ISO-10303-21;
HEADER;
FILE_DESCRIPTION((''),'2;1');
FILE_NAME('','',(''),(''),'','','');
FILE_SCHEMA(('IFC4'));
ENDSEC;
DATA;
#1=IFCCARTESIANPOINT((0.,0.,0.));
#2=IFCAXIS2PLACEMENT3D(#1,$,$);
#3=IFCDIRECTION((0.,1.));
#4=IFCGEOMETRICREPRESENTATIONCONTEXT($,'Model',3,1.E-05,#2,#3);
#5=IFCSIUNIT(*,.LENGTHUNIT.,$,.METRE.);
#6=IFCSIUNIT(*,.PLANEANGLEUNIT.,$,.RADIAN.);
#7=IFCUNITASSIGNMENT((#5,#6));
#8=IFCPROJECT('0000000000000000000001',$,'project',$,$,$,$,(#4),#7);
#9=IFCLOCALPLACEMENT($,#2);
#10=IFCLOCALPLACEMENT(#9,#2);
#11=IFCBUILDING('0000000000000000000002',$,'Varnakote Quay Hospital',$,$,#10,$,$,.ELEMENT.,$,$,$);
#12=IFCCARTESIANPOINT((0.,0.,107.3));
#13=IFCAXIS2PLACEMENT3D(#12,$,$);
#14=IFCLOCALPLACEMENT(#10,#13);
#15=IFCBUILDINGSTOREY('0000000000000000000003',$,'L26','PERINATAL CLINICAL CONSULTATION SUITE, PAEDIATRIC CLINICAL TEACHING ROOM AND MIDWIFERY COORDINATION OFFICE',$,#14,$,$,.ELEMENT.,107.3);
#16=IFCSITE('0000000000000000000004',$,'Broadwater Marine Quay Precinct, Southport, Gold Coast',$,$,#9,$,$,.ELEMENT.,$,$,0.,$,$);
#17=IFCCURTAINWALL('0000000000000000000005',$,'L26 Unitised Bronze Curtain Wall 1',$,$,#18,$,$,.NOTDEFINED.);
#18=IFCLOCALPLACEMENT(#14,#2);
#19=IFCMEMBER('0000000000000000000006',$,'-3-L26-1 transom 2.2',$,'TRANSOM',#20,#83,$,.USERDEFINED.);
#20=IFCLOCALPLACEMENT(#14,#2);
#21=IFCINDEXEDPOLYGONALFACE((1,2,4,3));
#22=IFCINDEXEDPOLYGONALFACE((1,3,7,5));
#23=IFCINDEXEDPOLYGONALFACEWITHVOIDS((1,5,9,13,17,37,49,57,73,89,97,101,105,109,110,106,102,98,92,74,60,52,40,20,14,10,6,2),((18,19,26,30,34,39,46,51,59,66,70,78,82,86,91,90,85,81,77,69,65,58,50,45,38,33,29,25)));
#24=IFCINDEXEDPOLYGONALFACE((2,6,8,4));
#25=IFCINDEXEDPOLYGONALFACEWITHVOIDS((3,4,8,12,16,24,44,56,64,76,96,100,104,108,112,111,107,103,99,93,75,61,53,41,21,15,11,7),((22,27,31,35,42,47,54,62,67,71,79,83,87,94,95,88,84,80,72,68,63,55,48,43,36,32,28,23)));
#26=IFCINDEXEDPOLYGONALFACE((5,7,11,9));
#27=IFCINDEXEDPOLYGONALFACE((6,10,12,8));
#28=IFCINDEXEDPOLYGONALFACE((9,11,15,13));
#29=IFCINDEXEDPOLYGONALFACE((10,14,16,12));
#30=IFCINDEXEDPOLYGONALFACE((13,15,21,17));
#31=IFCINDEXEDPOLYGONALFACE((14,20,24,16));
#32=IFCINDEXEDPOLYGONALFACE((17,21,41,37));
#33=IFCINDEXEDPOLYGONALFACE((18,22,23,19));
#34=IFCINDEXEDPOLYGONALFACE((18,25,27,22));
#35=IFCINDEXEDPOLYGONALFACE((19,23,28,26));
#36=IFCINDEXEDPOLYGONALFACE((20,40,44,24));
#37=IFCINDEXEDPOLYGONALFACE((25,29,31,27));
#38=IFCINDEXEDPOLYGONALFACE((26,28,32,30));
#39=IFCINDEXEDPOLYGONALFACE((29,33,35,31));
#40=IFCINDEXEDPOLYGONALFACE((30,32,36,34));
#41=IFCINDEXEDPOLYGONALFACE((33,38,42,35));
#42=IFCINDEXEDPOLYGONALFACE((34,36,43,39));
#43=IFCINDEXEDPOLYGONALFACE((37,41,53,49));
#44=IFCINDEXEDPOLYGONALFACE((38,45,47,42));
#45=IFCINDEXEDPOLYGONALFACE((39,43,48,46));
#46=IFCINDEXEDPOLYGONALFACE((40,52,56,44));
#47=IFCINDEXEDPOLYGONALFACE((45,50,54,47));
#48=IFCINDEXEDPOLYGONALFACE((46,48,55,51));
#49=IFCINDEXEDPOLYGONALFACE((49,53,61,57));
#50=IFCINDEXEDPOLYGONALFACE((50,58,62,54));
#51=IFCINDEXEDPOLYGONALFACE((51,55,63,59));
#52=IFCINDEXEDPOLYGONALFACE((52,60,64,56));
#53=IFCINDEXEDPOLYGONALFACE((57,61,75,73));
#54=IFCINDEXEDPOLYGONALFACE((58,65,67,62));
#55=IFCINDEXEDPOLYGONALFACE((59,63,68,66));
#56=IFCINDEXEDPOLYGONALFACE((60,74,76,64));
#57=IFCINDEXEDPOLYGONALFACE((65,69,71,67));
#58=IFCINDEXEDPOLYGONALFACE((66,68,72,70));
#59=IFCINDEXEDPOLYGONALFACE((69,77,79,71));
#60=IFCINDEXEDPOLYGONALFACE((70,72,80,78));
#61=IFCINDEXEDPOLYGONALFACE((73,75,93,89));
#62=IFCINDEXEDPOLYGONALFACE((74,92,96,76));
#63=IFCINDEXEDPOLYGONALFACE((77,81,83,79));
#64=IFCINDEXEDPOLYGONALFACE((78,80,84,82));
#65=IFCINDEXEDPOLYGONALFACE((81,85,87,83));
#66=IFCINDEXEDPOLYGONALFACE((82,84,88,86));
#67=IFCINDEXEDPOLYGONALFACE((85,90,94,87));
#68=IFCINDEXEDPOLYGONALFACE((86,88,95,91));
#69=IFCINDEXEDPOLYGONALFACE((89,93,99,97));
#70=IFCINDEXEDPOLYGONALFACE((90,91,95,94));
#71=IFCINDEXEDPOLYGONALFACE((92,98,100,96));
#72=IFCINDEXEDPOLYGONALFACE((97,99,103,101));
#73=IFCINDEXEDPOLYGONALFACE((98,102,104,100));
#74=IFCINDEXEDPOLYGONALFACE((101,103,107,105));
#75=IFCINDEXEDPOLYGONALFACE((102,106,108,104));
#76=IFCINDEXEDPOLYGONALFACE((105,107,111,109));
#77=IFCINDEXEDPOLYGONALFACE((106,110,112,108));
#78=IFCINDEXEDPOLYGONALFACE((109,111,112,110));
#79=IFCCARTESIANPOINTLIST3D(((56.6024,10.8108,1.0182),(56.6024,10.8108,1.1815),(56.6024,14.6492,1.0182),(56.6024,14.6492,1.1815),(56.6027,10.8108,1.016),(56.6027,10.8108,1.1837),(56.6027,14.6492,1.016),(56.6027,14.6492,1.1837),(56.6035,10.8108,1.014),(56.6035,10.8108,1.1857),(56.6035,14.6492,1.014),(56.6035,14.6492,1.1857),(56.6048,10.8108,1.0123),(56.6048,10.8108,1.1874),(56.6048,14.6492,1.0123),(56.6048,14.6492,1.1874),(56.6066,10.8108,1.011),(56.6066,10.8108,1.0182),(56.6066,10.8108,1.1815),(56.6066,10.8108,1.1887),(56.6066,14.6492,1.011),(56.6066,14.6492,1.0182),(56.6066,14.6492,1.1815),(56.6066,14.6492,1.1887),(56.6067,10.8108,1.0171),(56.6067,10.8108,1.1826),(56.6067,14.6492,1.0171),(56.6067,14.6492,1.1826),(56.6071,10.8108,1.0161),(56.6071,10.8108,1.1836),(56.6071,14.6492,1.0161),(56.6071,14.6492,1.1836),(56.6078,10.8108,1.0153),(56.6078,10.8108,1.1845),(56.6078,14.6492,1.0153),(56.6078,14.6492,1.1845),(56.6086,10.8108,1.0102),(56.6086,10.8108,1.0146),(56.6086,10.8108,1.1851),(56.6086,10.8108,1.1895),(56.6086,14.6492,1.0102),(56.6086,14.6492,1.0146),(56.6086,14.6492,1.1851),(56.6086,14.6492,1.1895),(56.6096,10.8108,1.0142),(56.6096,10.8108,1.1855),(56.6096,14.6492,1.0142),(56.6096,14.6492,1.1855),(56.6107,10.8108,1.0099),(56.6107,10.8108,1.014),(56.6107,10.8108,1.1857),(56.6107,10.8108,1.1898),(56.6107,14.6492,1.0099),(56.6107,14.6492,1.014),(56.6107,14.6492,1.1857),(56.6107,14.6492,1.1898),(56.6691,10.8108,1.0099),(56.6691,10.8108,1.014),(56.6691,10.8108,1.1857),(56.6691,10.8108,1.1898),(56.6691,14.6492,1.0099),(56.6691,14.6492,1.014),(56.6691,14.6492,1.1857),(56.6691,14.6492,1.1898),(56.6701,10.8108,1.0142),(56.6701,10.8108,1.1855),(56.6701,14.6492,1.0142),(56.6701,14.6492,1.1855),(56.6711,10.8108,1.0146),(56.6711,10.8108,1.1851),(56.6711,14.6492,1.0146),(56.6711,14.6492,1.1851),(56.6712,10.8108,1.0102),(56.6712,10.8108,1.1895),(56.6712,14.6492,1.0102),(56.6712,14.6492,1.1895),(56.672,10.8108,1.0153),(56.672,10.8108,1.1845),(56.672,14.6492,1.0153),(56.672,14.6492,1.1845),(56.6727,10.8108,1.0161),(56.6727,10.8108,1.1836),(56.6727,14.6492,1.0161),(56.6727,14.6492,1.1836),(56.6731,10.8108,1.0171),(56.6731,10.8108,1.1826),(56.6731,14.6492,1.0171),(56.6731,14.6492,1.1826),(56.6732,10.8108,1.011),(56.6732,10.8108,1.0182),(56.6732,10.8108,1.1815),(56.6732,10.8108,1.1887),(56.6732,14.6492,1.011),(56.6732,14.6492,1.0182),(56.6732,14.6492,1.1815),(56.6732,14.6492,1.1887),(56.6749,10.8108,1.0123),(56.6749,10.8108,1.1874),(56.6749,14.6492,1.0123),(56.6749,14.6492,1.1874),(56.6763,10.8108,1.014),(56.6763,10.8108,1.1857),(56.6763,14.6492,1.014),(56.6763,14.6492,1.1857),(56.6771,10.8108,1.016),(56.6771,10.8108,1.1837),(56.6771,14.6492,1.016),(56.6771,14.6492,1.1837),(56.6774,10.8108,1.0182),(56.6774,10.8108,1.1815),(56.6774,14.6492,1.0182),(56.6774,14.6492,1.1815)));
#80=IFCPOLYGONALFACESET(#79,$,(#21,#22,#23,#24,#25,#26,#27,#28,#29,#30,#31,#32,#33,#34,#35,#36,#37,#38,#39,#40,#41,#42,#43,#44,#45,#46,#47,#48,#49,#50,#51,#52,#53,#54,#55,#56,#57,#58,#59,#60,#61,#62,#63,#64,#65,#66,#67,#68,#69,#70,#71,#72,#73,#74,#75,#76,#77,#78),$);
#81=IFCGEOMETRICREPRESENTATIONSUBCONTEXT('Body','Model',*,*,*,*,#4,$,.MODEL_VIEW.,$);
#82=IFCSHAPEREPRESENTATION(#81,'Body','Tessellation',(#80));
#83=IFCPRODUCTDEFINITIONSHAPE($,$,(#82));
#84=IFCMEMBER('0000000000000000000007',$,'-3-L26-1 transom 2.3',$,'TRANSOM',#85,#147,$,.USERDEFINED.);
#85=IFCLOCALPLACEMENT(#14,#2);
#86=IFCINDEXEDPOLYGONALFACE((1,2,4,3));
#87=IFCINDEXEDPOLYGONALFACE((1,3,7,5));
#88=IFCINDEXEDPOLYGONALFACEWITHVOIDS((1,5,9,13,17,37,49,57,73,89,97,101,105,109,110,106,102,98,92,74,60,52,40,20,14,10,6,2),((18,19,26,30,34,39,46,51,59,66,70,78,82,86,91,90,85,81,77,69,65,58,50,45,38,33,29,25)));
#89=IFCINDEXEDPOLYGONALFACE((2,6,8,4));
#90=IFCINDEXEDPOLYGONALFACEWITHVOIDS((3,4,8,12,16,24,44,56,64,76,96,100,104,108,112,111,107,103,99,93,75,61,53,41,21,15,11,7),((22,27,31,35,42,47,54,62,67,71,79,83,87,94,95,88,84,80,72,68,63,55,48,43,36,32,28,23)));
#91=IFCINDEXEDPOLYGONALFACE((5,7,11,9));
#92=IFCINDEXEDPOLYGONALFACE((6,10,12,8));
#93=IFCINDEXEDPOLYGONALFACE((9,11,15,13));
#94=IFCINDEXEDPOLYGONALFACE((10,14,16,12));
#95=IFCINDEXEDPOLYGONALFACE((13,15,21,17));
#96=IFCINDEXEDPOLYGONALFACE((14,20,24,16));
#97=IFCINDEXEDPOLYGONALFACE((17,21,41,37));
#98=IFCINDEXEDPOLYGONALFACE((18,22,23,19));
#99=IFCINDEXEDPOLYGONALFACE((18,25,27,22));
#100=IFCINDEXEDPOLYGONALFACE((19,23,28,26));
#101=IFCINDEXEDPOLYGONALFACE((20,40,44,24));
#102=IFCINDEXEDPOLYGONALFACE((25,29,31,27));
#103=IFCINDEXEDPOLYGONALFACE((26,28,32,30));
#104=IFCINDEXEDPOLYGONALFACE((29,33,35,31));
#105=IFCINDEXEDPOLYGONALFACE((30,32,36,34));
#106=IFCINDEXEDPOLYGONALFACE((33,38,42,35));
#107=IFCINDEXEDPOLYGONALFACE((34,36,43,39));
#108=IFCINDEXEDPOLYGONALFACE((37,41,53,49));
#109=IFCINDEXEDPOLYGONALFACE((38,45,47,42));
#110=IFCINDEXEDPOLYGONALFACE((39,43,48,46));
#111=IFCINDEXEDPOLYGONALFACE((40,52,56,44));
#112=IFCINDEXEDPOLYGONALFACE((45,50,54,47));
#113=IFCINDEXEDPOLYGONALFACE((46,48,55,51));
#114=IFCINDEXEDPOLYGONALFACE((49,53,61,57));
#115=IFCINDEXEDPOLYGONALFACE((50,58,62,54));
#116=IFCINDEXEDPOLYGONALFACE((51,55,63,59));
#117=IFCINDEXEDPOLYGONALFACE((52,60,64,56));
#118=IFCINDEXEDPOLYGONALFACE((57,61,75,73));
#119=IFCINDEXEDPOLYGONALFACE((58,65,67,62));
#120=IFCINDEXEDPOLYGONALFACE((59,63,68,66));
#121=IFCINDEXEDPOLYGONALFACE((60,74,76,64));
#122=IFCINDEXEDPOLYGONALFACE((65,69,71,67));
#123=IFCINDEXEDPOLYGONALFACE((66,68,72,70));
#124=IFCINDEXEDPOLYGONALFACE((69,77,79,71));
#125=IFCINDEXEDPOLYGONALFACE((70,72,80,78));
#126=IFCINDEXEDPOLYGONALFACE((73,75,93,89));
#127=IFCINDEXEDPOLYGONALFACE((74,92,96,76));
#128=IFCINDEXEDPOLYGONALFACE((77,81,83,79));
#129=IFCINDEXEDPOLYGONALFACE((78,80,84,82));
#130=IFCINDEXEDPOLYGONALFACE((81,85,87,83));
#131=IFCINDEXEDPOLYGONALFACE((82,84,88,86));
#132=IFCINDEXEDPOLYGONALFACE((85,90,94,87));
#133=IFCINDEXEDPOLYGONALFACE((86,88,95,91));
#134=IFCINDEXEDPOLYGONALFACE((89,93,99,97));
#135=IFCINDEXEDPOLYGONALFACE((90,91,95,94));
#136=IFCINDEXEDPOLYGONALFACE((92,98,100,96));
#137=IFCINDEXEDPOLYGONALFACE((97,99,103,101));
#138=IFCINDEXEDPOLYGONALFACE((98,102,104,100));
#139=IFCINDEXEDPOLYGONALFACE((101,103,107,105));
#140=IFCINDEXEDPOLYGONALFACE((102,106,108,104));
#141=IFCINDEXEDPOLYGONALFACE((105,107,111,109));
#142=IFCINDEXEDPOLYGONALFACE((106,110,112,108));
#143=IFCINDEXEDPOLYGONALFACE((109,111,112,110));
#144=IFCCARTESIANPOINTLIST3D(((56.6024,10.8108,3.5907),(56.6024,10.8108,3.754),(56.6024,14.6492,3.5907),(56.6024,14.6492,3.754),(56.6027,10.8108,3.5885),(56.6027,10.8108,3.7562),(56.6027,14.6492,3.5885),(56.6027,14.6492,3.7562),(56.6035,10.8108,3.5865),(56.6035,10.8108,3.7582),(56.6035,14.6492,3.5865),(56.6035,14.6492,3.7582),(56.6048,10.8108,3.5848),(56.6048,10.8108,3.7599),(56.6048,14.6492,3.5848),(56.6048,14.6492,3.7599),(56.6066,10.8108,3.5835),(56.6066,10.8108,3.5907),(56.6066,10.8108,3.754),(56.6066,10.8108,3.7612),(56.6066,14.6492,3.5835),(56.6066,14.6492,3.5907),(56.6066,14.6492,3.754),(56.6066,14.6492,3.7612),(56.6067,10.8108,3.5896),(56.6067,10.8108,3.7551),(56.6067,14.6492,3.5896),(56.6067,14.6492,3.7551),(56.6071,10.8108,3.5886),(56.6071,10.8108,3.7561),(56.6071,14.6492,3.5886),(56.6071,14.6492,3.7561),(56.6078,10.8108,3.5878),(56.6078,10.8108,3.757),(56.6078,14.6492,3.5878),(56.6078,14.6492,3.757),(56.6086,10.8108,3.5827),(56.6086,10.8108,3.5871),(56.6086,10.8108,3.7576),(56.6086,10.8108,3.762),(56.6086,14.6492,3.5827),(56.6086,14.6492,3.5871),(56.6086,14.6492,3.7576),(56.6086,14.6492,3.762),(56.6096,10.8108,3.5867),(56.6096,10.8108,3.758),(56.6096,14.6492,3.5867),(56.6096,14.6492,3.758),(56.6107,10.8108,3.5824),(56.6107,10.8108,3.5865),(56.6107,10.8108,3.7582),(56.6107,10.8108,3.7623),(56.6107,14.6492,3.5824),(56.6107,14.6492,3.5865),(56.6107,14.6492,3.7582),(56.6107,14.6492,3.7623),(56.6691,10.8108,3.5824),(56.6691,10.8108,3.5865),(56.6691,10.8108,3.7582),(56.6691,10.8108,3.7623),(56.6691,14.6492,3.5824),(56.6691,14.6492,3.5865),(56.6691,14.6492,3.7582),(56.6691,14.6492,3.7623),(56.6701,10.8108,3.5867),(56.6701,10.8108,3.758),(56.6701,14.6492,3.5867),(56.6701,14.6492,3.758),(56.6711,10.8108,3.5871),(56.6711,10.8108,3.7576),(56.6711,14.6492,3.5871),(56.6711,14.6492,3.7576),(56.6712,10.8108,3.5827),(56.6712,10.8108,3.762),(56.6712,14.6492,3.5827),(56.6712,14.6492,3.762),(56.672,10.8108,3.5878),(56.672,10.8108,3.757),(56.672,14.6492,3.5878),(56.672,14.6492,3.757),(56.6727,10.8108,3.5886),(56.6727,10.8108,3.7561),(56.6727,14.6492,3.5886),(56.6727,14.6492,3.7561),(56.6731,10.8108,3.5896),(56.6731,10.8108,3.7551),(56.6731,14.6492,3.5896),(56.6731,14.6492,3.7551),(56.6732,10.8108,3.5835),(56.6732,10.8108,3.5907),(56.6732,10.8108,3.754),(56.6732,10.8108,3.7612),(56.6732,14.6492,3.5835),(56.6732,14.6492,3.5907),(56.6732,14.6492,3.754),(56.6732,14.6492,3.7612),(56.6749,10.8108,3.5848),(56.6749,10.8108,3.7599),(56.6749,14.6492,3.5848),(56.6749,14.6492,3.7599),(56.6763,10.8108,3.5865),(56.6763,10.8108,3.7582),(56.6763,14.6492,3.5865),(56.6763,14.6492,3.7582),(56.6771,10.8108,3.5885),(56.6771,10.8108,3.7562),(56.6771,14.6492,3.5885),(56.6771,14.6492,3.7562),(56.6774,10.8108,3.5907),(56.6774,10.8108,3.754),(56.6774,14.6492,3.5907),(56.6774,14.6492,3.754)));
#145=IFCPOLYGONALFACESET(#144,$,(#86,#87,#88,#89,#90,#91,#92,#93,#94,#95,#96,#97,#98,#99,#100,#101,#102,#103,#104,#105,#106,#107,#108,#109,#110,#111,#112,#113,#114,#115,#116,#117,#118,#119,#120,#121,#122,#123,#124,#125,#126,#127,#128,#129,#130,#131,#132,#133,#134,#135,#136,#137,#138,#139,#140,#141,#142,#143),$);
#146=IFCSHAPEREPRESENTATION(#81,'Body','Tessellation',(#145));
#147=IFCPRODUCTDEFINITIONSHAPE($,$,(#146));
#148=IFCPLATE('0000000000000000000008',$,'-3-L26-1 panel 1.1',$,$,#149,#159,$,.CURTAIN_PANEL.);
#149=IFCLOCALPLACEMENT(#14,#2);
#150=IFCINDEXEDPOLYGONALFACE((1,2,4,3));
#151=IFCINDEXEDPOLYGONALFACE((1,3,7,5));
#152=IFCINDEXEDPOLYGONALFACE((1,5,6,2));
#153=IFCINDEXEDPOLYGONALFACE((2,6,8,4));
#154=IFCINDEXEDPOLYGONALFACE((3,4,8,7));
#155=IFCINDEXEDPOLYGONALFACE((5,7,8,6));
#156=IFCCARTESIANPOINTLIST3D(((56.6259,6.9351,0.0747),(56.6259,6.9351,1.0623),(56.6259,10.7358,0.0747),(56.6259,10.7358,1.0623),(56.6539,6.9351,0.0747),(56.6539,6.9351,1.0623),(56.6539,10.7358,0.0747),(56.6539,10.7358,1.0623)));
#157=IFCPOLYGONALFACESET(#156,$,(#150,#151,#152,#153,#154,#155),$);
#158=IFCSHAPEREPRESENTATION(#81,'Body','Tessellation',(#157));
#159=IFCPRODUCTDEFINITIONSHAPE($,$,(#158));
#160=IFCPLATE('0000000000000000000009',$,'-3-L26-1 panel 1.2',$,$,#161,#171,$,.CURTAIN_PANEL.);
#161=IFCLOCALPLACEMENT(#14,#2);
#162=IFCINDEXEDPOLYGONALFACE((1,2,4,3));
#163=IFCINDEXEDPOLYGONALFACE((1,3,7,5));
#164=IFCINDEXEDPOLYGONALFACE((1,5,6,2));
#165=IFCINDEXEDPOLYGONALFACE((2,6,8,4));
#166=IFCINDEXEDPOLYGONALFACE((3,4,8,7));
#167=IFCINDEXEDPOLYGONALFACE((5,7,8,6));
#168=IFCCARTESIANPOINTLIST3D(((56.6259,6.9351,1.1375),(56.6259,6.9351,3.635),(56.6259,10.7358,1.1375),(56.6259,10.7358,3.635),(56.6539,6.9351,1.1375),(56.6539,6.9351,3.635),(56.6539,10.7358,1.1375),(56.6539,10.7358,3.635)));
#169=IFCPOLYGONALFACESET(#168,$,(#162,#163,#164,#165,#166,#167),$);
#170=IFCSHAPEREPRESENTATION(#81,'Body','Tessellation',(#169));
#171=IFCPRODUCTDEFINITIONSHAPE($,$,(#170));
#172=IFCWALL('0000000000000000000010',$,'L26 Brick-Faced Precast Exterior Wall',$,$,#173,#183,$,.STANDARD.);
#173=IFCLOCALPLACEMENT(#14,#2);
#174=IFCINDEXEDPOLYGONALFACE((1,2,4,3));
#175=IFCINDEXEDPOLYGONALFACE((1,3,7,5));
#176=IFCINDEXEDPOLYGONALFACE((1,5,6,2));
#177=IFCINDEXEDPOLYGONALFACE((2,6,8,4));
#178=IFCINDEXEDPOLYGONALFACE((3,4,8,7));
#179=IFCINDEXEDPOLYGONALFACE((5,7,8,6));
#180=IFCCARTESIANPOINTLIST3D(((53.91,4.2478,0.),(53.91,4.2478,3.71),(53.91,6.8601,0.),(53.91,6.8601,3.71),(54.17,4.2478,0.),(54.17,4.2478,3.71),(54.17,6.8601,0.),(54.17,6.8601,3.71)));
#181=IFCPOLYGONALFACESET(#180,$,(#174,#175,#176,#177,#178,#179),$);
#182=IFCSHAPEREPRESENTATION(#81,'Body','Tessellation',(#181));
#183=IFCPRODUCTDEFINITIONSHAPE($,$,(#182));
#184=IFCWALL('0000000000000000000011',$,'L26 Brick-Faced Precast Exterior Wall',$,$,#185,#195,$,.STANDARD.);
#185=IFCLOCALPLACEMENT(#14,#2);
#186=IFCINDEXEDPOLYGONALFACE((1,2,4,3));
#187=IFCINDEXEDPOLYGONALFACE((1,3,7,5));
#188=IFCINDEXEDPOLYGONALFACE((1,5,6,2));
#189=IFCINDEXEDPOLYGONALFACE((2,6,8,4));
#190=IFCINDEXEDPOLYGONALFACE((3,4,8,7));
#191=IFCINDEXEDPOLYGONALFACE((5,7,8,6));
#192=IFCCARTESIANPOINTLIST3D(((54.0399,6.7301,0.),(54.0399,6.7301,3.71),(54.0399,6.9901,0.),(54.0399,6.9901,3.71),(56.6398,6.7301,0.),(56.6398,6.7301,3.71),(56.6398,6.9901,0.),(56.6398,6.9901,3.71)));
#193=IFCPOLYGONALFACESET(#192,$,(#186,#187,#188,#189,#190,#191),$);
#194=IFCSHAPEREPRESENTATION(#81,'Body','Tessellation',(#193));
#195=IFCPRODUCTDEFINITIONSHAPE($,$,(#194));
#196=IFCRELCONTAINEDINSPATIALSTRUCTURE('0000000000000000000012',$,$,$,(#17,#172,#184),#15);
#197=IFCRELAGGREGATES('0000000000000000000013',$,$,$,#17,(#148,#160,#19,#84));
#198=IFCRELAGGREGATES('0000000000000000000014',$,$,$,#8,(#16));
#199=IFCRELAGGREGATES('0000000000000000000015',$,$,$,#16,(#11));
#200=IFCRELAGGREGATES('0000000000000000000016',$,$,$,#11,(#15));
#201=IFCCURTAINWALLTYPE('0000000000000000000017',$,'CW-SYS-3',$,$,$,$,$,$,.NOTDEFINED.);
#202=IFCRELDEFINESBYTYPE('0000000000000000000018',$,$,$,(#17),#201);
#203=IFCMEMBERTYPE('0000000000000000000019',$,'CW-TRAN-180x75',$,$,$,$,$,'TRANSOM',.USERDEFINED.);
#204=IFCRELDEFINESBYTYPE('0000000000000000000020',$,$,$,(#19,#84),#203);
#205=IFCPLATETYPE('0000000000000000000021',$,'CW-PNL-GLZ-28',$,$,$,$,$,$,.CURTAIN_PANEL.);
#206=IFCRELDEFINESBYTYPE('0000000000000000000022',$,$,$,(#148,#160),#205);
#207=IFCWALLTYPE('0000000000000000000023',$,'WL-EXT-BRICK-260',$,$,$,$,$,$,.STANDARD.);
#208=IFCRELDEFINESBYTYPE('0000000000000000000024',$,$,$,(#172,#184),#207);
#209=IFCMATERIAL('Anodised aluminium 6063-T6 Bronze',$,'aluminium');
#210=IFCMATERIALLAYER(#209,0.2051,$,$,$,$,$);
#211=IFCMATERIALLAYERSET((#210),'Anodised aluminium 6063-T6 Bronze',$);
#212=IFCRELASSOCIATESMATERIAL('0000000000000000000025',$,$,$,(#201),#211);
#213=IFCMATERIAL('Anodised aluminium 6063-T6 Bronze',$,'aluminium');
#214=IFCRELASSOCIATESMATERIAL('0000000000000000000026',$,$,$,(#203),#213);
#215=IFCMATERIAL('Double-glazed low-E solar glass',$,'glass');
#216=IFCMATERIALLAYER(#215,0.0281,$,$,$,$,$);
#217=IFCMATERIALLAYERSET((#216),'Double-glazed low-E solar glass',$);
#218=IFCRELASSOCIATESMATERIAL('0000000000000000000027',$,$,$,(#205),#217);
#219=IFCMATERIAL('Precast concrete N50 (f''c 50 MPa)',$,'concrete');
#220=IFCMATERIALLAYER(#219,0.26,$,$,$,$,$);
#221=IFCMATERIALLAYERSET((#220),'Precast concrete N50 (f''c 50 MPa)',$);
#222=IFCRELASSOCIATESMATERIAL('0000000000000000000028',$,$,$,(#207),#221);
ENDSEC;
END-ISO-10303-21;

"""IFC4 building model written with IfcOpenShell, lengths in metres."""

from ifc_helpers import new_model, si_unit, direction, frame, frame_2d, origin, origin_2d, place, context, subcontext, project, spatial, rectangle, hollow_rectangle, extrude, material, layer, layer_set, material_profile, profile_set, type_object, element, aggregate, save


model = new_model("IFC4")

# Units and contexts
model_context = context("Model", 3, precision=1e-05, world=origin(), true_north=direction((0.0, 1.0)))
body_context = subcontext(model_context, "Body", "Model", "MODEL_VIEW")
ifc_project = project(units=[si_unit("LENGTHUNIT", "METRE"), si_unit("PLANEANGLEUNIT", "RADIAN")], contexts=[model_context])

# Site, building, storey
site_placement = place(None, origin())
site = spatial("IfcSite", under=ifc_project, at=site_placement, Name="Broadwater Marine Quay Precinct, Southport, Gold Coast", CompositionType="ELEMENT", RefElevation=0.0)
building_placement = place(site_placement, origin())
building = spatial("IfcBuilding", under=site, at=building_placement, Name="Varnakote Quay Hospital", CompositionType="ELEMENT")
storey_placement = place(building_placement, frame((0.0, 0.0, 107.3)))
storey = spatial("IfcBuildingStorey", under=building, at=storey_placement, Name="L26", Description="PERINATAL CLINICAL CONSULTATION SUITE, PAEDIATRIC CLINICAL TEACHING ROOM AND MIDWIFERY COORDINATION OFFICE", CompositionType="ELEMENT", Elevation=107.3)

# Curtain wall, members, plates
ifc_material_1 = material(Name="Anodised aluminium 6063-T6 Bronze", Category="aluminium")
ifc_layer_1 = layer(ifc_material_1, 0.2051)
ifc_layer_set_1 = layer_set([ifc_layer_1], Name="Anodised aluminium 6063-T6 Bronze")
curtain_wall_type = type_object("IfcCurtainWallType", Name="CW-SYS-3", PredefinedType="NOTDEFINED", material=ifc_layer_set_1)
curtain_wall_placement = place(storey_placement, origin())
curtain_wall = element("IfcCurtainWall", 1, at=curtain_wall_placement, inside=storey, type_object=curtain_wall_type, Name="L26 Unitised Bronze Curtain Wall 1", PredefinedType="NOTDEFINED")
ifc_material_2 = material(Name="Anodised aluminium 6063-T6 Bronze", Category="aluminium")
ifc_material_profile_1 = material_profile(ifc_material_2, hollow_rectangle(XDim=0.075, YDim=0.1799, WallThickness=0.0042, InnerFilletRadius=0.0042, OuterFilletRadius=0.0083, at=origin_2d()), Name="CW-TRAN-180x75")
ifc_profile_set_1 = profile_set([ifc_material_profile_1], Name="Anodised aluminium 6063-T6 Bronze")
member_type_1 = type_object("IfcMemberType", Name="CW-TRAN-180x75", ElementType="TRANSOM", PredefinedType="USERDEFINED", material=ifc_profile_set_1)
member_1_placement = place(storey_placement, frame((56.6399, 10.8108, 1.0999), z_axis=(0.0, 1.0, 0.0), x_axis=(-1.0, 0.0, 0.0)))
member_1 = element("IfcMember", 2, at=member_1_placement, type_object=member_type_1, Name="-3-L26-1 transom 2.2", ObjectType="TRANSOM", PredefinedType="USERDEFINED", context=body_context, shape_type="SweptSolid", body=[
    extrude(hollow_rectangle(XDim=0.075, YDim=0.1799, WallThickness=0.0042, InnerFilletRadius=0.0042, OuterFilletRadius=0.0083, at=origin_2d()), origin(), (0.0, 0.0, 1.0), 3.8384),
])
member_2_placement = place(storey_placement, frame((56.6399, 10.8108, 3.6724), z_axis=(0.0, 1.0, 0.0), x_axis=(-1.0, 0.0, 0.0)))
member_2 = element("IfcMember", 3, at=member_2_placement, type_object=member_type_1, Name="-3-L26-1 transom 2.3", ObjectType="TRANSOM", PredefinedType="USERDEFINED", context=body_context, shape_type="SweptSolid", body=[
    extrude(hollow_rectangle(XDim=0.075, YDim=0.1799, WallThickness=0.0042, InnerFilletRadius=0.0042, OuterFilletRadius=0.0083, at=origin_2d()), origin(), (0.0, 0.0, 1.0), 3.8384),
])
ifc_material_3 = material(Name="Double-glazed low-E solar glass", Category="glass")
ifc_layer_2 = layer(ifc_material_3, 0.0281)
ifc_layer_set_2 = layer_set([ifc_layer_2], Name="Double-glazed low-E solar glass")
plate_type = type_object("IfcPlateType", Name="CW-PNL-GLZ-28", PredefinedType="CURTAIN_PANEL", material=ifc_layer_set_2)
plate_1_placement = place(storey_placement, frame((56.6399, 8.8354, 0.0747), z_axis=(0.0, 0.0, 1.0), x_axis=(0.0, 1.0, 0.0)))
plate_1 = element("IfcPlate", 4, at=plate_1_placement, type_object=plate_type, Name="-3-L26-1 panel 1.1", PredefinedType="CURTAIN_PANEL", context=body_context, shape_type="SweptSolid", body=[
    extrude(rectangle(XDim=3.8008, YDim=0.0281, at=origin_2d()), origin(), (0.0, 0.0, 1.0), 0.9875),
])
plate_2_placement = place(storey_placement, frame((56.6399, 8.8354, 1.1375), z_axis=(0.0, 0.0, 1.0), x_axis=(0.0, 1.0, 0.0)))
plate_2 = element("IfcPlate", 5, at=plate_2_placement, type_object=plate_type, Name="-3-L26-1 panel 1.2", PredefinedType="CURTAIN_PANEL", context=body_context, shape_type="SweptSolid", body=[
    extrude(rectangle(XDim=3.8008, YDim=0.0281, at=origin_2d()), origin(), (0.0, 0.0, 1.0), 2.4976),
])
aggregate(curtain_wall, [plate_1, plate_2, member_1, member_2])

# Walls
ifc_material_4 = material(Name="Precast concrete N50 (f'c 50 MPa)", Category="concrete")
ifc_layer_3 = layer(ifc_material_4, 0.26)
ifc_layer_set_3 = layer_set([ifc_layer_3], Name="Precast concrete N50 (f'c 50 MPa)")
wall_type_1 = type_object("IfcWallType", Name="WL-EXT-BRICK-260", PredefinedType="STANDARD", material=ifc_layer_set_3)
wall_1_placement = place(storey_placement, frame((54.04, 4.2478, 0.0), z_axis=(0.0, 0.0, 1.0), x_axis=(0.0, 1.0, 0.0)))
element("IfcWall", 6, at=wall_1_placement, inside=storey, type_object=wall_type_1, Name="L26 Brick-Faced Precast Exterior Wall", PredefinedType="STANDARD", context=body_context, shape_type="SweptSolid", body=[
    extrude(rectangle(XDim=2.6123, YDim=0.26, at=frame_2d((1.3062, 0.0))), origin(), (0.0, 0.0, 1.0), 3.71),
])
wall_2_placement = place(storey_placement, frame((54.04, 6.8601, 0.0), z_axis=(0.0, 0.0, 1.0), x_axis=(1.0, 0.0, 0.0)))
element("IfcWall", 7, at=wall_2_placement, inside=storey, type_object=wall_type_1, Name="L26 Brick-Faced Precast Exterior Wall", PredefinedType="STANDARD", context=body_context, shape_type="SweptSolid", body=[
    extrude(rectangle(XDim=2.5999, YDim=0.26, at=frame_2d((1.2998, 0.0))), origin(), (0.0, 0.0, 1.0), 3.71),
])

save(model, "model.ifc")
